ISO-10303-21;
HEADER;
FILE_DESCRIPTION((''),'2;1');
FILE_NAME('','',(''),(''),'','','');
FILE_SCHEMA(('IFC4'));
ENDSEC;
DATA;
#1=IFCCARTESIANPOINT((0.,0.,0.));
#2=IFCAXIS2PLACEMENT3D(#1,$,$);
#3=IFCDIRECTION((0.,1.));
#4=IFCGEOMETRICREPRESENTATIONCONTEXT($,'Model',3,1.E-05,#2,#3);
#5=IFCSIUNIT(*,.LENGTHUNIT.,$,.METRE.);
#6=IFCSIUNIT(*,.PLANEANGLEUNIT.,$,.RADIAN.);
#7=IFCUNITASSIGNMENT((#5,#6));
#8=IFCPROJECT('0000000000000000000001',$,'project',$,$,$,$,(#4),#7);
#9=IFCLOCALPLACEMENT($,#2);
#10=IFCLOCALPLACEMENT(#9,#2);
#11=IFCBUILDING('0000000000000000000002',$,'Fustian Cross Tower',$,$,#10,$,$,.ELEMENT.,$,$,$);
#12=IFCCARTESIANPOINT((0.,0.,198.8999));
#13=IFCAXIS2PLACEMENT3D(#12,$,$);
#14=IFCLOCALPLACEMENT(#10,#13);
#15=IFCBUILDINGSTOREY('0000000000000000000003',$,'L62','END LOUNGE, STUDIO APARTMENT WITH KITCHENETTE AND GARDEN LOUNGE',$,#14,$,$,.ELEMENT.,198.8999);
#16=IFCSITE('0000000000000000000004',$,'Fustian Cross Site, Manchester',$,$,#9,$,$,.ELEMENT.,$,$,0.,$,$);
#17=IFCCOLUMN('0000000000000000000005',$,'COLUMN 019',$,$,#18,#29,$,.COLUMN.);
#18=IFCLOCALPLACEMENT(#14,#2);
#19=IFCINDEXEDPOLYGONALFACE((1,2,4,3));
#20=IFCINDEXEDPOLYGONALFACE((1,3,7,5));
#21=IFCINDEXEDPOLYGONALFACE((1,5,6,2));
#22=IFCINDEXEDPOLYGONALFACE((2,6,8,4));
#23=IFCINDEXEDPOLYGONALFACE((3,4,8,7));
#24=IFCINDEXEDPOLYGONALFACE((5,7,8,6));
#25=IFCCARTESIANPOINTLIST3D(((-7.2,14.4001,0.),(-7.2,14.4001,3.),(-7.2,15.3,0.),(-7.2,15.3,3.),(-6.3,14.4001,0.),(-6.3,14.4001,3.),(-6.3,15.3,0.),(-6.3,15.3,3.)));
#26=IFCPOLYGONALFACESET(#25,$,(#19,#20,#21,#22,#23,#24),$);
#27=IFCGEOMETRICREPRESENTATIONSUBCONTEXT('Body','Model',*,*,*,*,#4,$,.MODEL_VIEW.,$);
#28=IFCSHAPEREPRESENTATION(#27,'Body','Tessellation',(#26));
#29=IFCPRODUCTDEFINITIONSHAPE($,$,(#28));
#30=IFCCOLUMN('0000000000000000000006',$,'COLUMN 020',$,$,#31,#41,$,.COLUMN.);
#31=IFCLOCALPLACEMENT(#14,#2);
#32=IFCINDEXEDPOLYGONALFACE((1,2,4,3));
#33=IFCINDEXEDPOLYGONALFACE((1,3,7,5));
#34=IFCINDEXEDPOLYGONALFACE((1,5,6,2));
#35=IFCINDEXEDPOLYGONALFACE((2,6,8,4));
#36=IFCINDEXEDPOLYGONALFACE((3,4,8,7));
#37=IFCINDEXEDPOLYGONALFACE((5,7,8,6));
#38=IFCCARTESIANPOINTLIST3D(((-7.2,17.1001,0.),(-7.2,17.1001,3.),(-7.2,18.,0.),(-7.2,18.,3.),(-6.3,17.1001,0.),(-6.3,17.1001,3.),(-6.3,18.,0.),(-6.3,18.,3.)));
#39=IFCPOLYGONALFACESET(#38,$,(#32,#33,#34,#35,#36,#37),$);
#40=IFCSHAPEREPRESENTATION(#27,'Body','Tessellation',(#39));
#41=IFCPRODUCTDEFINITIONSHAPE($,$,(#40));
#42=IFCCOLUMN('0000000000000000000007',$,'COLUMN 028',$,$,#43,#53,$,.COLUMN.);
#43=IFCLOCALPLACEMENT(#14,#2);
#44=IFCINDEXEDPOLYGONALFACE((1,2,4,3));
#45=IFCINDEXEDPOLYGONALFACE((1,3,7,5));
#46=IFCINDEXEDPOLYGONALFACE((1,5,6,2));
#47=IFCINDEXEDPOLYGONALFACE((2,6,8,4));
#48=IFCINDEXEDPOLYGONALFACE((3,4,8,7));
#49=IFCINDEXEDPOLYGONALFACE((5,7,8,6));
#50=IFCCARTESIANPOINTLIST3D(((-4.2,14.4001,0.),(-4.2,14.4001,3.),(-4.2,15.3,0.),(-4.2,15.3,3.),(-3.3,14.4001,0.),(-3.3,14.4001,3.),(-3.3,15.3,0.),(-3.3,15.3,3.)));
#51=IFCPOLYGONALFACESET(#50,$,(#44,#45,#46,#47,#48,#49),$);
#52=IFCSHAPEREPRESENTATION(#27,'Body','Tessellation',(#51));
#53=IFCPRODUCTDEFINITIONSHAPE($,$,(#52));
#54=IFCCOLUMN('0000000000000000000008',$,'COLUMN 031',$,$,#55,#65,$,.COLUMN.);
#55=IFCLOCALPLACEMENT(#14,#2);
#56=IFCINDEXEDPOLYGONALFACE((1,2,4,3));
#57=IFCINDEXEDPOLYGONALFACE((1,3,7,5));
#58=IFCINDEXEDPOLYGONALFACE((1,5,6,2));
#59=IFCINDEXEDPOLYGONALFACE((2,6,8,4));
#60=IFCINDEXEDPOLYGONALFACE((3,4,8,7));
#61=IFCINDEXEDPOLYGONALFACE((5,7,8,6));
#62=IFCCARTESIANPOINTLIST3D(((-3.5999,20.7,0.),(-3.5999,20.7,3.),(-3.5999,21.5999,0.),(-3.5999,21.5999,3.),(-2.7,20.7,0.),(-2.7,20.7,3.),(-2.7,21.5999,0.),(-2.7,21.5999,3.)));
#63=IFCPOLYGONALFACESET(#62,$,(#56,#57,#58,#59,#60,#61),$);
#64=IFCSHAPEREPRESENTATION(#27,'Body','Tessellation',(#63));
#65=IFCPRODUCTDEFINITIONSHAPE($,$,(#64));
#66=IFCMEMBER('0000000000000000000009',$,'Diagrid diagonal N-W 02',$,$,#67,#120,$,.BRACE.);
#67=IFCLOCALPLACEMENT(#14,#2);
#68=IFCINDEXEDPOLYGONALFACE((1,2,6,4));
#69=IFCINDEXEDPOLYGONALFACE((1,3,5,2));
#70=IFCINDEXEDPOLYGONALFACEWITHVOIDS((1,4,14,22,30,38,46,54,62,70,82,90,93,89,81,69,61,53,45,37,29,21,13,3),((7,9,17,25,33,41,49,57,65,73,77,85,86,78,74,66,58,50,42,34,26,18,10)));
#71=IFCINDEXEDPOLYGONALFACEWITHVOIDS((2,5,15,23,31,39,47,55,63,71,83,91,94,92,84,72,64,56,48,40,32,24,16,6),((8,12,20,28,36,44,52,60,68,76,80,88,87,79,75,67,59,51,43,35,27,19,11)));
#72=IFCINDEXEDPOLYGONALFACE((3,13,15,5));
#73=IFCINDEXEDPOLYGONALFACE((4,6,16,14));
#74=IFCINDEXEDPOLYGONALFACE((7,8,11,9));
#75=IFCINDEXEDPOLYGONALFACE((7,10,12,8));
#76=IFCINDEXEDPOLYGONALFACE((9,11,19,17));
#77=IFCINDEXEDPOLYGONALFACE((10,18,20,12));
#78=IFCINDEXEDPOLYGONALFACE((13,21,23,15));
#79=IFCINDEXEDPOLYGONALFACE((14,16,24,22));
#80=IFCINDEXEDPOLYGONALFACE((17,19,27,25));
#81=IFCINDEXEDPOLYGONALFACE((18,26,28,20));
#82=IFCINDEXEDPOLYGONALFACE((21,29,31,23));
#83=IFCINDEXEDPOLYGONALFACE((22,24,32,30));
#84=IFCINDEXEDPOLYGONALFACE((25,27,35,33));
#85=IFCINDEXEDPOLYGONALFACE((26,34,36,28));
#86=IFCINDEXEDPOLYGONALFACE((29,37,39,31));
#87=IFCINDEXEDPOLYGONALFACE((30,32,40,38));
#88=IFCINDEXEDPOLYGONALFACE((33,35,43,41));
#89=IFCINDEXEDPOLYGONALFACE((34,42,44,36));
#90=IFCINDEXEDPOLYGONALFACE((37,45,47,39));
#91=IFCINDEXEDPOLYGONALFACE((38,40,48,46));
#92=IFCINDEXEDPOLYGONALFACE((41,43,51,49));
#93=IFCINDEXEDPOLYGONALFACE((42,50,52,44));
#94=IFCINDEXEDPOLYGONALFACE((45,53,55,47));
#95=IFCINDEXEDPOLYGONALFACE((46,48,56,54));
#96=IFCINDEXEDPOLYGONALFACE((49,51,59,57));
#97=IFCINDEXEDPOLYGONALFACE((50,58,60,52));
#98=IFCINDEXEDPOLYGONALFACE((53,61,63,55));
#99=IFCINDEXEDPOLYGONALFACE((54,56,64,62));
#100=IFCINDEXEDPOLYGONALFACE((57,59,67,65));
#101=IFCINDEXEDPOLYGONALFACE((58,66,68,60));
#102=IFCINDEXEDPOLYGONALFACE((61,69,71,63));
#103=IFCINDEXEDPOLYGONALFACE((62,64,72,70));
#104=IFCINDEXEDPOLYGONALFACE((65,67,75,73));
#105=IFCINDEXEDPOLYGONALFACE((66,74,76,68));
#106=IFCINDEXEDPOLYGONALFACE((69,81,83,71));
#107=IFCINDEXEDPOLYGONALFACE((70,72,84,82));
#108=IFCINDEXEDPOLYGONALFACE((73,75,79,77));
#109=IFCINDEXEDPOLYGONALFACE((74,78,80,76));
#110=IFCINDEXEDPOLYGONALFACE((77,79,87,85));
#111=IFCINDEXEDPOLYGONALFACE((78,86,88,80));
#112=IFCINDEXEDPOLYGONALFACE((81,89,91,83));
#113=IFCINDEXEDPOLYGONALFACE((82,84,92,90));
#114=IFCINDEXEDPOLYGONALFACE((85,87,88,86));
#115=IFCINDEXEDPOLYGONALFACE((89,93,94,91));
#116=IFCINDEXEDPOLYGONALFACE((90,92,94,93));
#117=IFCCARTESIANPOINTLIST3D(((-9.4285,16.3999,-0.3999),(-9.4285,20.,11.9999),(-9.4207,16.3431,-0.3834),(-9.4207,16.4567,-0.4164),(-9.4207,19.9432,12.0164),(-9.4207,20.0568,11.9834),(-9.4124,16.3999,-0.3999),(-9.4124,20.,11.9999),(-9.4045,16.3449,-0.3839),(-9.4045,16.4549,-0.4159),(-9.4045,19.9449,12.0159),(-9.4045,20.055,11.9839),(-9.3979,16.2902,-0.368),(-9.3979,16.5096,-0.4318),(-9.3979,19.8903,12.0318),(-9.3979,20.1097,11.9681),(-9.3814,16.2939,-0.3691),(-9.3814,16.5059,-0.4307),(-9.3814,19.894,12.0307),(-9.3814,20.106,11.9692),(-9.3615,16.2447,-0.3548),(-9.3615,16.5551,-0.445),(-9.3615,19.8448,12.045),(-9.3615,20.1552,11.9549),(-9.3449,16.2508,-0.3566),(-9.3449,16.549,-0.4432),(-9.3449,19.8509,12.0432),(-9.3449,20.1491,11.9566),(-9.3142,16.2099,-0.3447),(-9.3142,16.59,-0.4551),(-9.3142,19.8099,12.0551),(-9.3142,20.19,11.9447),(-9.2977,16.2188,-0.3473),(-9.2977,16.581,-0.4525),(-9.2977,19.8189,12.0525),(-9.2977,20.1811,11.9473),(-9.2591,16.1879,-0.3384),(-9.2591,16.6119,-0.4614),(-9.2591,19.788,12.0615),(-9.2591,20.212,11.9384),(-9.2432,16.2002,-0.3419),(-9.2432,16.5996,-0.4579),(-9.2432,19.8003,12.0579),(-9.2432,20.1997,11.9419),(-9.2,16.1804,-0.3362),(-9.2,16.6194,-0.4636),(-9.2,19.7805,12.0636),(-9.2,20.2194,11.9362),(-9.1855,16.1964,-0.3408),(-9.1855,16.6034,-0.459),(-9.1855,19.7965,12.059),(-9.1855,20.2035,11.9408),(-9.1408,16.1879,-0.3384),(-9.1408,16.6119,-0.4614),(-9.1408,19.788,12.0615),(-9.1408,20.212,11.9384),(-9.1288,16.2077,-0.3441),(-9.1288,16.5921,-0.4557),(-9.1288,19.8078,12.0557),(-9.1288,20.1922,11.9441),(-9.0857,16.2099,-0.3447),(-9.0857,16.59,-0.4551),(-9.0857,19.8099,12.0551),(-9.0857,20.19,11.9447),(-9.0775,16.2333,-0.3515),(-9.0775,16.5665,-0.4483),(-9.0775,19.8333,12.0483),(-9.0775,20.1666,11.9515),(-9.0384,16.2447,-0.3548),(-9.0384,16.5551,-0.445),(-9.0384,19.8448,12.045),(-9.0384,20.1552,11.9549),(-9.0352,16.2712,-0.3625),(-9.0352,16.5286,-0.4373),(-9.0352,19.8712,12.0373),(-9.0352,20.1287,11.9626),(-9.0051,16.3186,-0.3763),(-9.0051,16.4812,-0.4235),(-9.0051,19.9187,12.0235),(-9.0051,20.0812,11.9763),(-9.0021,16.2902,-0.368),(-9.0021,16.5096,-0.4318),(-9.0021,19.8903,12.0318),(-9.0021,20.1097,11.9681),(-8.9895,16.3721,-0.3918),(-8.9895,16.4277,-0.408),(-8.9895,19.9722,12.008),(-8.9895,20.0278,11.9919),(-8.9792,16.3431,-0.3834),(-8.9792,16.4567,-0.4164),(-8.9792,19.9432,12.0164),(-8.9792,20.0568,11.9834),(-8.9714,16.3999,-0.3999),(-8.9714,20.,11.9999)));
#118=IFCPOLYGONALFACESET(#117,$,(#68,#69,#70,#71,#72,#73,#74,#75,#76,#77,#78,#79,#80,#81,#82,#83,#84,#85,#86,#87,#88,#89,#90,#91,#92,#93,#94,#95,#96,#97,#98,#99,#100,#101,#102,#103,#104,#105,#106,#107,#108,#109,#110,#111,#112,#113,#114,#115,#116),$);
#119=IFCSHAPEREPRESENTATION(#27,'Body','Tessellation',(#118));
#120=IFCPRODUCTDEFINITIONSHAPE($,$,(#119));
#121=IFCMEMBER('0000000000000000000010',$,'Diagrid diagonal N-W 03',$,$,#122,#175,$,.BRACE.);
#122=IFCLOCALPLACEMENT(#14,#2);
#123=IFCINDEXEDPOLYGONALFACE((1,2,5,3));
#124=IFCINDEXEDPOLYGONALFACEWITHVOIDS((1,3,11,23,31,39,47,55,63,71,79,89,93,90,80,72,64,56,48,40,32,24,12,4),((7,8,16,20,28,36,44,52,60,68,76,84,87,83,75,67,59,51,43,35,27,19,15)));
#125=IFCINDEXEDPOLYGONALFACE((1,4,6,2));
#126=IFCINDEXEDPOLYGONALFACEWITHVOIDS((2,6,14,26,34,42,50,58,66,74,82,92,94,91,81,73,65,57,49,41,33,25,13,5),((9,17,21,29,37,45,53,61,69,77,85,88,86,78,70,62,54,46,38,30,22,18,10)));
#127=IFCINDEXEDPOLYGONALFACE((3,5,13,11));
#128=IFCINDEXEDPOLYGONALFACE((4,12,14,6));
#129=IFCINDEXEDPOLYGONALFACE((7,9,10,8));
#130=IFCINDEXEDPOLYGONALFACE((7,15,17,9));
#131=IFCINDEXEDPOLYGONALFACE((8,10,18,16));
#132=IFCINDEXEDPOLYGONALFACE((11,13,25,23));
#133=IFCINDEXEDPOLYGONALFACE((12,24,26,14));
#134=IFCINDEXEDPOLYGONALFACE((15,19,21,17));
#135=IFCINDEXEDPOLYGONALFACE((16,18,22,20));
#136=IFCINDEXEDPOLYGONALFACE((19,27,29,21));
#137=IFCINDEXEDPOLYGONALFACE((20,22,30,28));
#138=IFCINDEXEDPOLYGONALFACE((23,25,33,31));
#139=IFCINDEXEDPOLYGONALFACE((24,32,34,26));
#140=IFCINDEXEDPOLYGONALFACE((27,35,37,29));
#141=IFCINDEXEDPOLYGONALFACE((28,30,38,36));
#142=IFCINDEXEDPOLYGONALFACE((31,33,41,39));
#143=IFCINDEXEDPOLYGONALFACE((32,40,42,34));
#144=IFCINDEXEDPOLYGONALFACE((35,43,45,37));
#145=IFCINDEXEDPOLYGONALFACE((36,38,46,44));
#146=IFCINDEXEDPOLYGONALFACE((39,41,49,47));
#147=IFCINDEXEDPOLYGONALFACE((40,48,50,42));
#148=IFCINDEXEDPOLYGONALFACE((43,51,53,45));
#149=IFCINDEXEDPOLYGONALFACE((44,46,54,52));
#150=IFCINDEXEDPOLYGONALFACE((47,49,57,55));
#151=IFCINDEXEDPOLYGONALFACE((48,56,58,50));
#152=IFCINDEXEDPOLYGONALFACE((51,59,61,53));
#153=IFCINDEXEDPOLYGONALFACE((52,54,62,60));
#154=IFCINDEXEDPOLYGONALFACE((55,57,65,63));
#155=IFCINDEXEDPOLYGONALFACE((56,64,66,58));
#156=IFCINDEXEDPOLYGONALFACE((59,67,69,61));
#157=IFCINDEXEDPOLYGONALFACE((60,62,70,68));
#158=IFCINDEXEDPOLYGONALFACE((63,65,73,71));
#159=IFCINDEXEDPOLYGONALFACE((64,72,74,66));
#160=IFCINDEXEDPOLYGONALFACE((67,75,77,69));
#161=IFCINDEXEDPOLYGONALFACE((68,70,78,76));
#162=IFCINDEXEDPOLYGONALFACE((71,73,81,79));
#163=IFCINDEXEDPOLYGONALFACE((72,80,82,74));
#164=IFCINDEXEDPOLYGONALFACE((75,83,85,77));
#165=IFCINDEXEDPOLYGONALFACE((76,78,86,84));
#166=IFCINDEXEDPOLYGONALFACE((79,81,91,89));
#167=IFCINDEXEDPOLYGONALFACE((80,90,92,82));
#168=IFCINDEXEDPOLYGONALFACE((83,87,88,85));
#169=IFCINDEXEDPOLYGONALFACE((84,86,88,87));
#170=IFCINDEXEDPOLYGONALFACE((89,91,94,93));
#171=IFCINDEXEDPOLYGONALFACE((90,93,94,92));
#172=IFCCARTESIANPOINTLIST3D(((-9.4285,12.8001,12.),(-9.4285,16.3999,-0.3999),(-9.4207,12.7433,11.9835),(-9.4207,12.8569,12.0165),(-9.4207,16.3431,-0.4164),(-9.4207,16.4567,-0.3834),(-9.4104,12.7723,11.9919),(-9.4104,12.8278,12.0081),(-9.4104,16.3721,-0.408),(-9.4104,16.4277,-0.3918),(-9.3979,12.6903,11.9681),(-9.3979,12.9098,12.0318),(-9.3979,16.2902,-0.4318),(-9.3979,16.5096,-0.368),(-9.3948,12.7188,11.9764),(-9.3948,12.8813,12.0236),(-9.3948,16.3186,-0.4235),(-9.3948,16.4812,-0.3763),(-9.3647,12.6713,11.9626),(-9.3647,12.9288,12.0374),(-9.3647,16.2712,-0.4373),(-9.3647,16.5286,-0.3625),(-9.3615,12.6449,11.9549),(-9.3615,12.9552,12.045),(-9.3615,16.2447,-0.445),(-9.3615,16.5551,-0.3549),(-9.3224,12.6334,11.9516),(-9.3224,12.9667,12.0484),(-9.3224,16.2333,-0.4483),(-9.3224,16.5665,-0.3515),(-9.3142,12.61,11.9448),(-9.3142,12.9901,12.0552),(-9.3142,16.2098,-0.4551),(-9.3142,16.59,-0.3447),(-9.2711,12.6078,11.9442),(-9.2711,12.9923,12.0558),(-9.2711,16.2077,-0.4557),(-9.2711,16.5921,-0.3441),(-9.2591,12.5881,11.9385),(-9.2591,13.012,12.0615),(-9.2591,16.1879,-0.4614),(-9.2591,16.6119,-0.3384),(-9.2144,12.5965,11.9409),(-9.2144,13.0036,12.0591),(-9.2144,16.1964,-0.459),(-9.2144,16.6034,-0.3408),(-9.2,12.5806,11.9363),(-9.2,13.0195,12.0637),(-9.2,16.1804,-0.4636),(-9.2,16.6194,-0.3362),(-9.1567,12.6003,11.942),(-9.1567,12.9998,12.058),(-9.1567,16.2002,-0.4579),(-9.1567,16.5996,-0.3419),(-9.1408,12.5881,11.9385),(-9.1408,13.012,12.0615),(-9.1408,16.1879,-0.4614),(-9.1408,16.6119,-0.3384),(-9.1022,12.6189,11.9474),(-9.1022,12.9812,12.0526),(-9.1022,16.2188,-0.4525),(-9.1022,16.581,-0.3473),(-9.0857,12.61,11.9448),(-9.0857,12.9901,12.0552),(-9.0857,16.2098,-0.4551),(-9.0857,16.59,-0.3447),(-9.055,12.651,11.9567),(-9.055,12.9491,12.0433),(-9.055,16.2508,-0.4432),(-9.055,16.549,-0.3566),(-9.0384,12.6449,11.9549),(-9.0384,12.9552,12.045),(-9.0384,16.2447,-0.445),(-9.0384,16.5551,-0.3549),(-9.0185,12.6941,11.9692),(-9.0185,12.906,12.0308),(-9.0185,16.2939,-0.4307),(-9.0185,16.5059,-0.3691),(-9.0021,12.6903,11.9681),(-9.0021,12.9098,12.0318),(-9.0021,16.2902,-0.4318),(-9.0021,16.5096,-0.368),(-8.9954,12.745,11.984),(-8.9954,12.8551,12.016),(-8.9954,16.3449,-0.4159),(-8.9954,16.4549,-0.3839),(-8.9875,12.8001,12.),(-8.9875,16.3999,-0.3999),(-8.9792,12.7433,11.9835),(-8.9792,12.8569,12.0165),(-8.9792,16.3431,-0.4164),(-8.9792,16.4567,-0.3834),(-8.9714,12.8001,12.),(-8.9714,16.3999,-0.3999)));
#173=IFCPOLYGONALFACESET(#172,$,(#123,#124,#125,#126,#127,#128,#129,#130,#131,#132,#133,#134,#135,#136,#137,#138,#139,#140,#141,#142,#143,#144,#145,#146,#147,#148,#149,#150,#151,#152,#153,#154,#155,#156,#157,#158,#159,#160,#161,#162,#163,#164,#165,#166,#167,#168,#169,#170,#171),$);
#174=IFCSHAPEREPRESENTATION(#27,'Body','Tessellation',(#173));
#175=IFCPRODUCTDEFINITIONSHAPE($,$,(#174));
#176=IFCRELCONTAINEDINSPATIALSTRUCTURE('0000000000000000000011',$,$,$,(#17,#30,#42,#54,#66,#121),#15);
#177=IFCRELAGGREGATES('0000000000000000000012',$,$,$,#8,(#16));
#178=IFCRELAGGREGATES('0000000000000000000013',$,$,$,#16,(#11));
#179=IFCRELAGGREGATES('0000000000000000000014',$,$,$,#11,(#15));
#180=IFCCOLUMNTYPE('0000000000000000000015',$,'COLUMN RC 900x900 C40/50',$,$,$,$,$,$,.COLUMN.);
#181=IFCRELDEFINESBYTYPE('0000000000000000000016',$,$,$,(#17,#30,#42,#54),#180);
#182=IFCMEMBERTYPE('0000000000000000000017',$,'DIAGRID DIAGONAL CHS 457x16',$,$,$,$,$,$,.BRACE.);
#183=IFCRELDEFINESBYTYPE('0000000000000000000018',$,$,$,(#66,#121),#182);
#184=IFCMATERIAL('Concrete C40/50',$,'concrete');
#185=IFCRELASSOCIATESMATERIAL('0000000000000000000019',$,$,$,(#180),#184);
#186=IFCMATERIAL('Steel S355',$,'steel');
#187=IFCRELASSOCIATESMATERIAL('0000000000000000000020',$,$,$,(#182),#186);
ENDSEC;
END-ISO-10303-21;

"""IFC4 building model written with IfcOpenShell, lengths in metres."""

from ifc_helpers import new_model, si_unit, direction, frame, origin, origin_2d, place, context, subcontext, project, spatial, rectangle, hollow_circle, extrude, material, material_profile, profile_set, type_object, element, save


model = new_model("IFC4")

# Units and contexts
model_context = context("Model", 3, precision=1e-05, world=origin(), true_north=direction((0.0, 1.0)))
body_context = subcontext(model_context, "Body", "Model", "MODEL_VIEW")
ifc_project = project(units=[si_unit("LENGTHUNIT", "METRE"), si_unit("PLANEANGLEUNIT", "RADIAN")], contexts=[model_context])

# Site, building, storey
site_placement = place(None, origin())
site = spatial("IfcSite", under=ifc_project, at=site_placement, Name="Fustian Cross Site, Manchester", CompositionType="ELEMENT", RefElevation=0.0)
building_placement = place(site_placement, origin())
building = spatial("IfcBuilding", under=site, at=building_placement, Name="Fustian Cross Tower", CompositionType="ELEMENT")
storey_placement = place(building_placement, frame((0.0, 0.0, 198.8999)))
storey = spatial("IfcBuildingStorey", under=building, at=storey_placement, Name="L62", Description="END LOUNGE, STUDIO APARTMENT WITH KITCHENETTE AND GARDEN LOUNGE", CompositionType="ELEMENT", Elevation=198.8999)

# Columns
ifc_material_1 = material(Name="Concrete C40/50", Category="concrete")
ifc_material_profile_1 = material_profile(ifc_material_1, rectangle(XDim=0.8999, YDim=0.8999, at=origin_2d()), Name="RC 900x900")
ifc_profile_set_1 = profile_set([ifc_material_profile_1], Name="Concrete C40/50")
column_type = type_object("IfcColumnType", Name="COLUMN RC 900x900 C40/50", PredefinedType="COLUMN", material=ifc_profile_set_1)
for number, where, z_axis, x_axis, name in (
    (1, (-6.75, 14.8501, 0.0), (0.0, 0.0, 1.0), (1.0, 0.0, 0.0), "COLUMN 019"),
    (2, (-6.75, 17.55, 0.0), (0.0, 0.0, 1.0), (1.0, 0.0, 0.0), "COLUMN 020"),
    (3, (-3.75, 14.8501, 0.0), (0.0, 0.0, 1.0), (1.0, 0.0, 0.0), "COLUMN 028"),
    (4, (-3.1499, 21.1499, 0.0), (0.0, 0.0, 1.0), (1.0, 0.0, 0.0), "COLUMN 031"),
):
    element("IfcColumn", number, at=place(storey_placement, frame(where, z_axis=z_axis, x_axis=x_axis)), inside=storey, type_object=column_type, Name=name, PredefinedType="COLUMN", context=body_context, shape_type="SweptSolid", body=[
        extrude(rectangle(XDim=0.8999, YDim=0.8999, at=origin_2d()), origin(), (0.0, 0.0, 1.0), 3.0),
    ])

# Members
ifc_material_2 = material(Name="Steel S355", Category="steel")
ifc_material_profile_2 = material_profile(ifc_material_2, hollow_circle(Radius=0.2285, WallThickness=0.0161, at=origin_2d()), Name="CHS 457x16")
ifc_profile_set_2 = profile_set([ifc_material_profile_2], Name="Steel S355")
member_type_1 = type_object("IfcMemberType", Name="DIAGRID DIAGONAL CHS 457x16", PredefinedType="BRACE", material=ifc_profile_set_2)
for number, where, z_axis, x_axis, name in (
    (5, (-9.2, 16.3999, -0.3999), (0.0, 0.278819, 0.960344), (-1.0, 0.0, 0.0), "Diagrid diagonal N-W 02"),
    (6, (-9.2, 16.3999, -0.3999), (0.0, -0.278802, 0.960349), (1.0, 0.0, 0.0), "Diagrid diagonal N-W 03"),
):
    element("IfcMember", number, at=place(storey_placement, frame(where, z_axis=z_axis, x_axis=x_axis)), inside=storey, type_object=member_type_1, Name=name, PredefinedType="BRACE", context=body_context, shape_type="SweptSolid", body=[
        extrude(hollow_circle(Radius=0.2285, WallThickness=0.0161, at=origin_2d()), origin(), (0.0, 0.0, 1.0), 12.9119),
    ])

save(model, "model.ifc")
